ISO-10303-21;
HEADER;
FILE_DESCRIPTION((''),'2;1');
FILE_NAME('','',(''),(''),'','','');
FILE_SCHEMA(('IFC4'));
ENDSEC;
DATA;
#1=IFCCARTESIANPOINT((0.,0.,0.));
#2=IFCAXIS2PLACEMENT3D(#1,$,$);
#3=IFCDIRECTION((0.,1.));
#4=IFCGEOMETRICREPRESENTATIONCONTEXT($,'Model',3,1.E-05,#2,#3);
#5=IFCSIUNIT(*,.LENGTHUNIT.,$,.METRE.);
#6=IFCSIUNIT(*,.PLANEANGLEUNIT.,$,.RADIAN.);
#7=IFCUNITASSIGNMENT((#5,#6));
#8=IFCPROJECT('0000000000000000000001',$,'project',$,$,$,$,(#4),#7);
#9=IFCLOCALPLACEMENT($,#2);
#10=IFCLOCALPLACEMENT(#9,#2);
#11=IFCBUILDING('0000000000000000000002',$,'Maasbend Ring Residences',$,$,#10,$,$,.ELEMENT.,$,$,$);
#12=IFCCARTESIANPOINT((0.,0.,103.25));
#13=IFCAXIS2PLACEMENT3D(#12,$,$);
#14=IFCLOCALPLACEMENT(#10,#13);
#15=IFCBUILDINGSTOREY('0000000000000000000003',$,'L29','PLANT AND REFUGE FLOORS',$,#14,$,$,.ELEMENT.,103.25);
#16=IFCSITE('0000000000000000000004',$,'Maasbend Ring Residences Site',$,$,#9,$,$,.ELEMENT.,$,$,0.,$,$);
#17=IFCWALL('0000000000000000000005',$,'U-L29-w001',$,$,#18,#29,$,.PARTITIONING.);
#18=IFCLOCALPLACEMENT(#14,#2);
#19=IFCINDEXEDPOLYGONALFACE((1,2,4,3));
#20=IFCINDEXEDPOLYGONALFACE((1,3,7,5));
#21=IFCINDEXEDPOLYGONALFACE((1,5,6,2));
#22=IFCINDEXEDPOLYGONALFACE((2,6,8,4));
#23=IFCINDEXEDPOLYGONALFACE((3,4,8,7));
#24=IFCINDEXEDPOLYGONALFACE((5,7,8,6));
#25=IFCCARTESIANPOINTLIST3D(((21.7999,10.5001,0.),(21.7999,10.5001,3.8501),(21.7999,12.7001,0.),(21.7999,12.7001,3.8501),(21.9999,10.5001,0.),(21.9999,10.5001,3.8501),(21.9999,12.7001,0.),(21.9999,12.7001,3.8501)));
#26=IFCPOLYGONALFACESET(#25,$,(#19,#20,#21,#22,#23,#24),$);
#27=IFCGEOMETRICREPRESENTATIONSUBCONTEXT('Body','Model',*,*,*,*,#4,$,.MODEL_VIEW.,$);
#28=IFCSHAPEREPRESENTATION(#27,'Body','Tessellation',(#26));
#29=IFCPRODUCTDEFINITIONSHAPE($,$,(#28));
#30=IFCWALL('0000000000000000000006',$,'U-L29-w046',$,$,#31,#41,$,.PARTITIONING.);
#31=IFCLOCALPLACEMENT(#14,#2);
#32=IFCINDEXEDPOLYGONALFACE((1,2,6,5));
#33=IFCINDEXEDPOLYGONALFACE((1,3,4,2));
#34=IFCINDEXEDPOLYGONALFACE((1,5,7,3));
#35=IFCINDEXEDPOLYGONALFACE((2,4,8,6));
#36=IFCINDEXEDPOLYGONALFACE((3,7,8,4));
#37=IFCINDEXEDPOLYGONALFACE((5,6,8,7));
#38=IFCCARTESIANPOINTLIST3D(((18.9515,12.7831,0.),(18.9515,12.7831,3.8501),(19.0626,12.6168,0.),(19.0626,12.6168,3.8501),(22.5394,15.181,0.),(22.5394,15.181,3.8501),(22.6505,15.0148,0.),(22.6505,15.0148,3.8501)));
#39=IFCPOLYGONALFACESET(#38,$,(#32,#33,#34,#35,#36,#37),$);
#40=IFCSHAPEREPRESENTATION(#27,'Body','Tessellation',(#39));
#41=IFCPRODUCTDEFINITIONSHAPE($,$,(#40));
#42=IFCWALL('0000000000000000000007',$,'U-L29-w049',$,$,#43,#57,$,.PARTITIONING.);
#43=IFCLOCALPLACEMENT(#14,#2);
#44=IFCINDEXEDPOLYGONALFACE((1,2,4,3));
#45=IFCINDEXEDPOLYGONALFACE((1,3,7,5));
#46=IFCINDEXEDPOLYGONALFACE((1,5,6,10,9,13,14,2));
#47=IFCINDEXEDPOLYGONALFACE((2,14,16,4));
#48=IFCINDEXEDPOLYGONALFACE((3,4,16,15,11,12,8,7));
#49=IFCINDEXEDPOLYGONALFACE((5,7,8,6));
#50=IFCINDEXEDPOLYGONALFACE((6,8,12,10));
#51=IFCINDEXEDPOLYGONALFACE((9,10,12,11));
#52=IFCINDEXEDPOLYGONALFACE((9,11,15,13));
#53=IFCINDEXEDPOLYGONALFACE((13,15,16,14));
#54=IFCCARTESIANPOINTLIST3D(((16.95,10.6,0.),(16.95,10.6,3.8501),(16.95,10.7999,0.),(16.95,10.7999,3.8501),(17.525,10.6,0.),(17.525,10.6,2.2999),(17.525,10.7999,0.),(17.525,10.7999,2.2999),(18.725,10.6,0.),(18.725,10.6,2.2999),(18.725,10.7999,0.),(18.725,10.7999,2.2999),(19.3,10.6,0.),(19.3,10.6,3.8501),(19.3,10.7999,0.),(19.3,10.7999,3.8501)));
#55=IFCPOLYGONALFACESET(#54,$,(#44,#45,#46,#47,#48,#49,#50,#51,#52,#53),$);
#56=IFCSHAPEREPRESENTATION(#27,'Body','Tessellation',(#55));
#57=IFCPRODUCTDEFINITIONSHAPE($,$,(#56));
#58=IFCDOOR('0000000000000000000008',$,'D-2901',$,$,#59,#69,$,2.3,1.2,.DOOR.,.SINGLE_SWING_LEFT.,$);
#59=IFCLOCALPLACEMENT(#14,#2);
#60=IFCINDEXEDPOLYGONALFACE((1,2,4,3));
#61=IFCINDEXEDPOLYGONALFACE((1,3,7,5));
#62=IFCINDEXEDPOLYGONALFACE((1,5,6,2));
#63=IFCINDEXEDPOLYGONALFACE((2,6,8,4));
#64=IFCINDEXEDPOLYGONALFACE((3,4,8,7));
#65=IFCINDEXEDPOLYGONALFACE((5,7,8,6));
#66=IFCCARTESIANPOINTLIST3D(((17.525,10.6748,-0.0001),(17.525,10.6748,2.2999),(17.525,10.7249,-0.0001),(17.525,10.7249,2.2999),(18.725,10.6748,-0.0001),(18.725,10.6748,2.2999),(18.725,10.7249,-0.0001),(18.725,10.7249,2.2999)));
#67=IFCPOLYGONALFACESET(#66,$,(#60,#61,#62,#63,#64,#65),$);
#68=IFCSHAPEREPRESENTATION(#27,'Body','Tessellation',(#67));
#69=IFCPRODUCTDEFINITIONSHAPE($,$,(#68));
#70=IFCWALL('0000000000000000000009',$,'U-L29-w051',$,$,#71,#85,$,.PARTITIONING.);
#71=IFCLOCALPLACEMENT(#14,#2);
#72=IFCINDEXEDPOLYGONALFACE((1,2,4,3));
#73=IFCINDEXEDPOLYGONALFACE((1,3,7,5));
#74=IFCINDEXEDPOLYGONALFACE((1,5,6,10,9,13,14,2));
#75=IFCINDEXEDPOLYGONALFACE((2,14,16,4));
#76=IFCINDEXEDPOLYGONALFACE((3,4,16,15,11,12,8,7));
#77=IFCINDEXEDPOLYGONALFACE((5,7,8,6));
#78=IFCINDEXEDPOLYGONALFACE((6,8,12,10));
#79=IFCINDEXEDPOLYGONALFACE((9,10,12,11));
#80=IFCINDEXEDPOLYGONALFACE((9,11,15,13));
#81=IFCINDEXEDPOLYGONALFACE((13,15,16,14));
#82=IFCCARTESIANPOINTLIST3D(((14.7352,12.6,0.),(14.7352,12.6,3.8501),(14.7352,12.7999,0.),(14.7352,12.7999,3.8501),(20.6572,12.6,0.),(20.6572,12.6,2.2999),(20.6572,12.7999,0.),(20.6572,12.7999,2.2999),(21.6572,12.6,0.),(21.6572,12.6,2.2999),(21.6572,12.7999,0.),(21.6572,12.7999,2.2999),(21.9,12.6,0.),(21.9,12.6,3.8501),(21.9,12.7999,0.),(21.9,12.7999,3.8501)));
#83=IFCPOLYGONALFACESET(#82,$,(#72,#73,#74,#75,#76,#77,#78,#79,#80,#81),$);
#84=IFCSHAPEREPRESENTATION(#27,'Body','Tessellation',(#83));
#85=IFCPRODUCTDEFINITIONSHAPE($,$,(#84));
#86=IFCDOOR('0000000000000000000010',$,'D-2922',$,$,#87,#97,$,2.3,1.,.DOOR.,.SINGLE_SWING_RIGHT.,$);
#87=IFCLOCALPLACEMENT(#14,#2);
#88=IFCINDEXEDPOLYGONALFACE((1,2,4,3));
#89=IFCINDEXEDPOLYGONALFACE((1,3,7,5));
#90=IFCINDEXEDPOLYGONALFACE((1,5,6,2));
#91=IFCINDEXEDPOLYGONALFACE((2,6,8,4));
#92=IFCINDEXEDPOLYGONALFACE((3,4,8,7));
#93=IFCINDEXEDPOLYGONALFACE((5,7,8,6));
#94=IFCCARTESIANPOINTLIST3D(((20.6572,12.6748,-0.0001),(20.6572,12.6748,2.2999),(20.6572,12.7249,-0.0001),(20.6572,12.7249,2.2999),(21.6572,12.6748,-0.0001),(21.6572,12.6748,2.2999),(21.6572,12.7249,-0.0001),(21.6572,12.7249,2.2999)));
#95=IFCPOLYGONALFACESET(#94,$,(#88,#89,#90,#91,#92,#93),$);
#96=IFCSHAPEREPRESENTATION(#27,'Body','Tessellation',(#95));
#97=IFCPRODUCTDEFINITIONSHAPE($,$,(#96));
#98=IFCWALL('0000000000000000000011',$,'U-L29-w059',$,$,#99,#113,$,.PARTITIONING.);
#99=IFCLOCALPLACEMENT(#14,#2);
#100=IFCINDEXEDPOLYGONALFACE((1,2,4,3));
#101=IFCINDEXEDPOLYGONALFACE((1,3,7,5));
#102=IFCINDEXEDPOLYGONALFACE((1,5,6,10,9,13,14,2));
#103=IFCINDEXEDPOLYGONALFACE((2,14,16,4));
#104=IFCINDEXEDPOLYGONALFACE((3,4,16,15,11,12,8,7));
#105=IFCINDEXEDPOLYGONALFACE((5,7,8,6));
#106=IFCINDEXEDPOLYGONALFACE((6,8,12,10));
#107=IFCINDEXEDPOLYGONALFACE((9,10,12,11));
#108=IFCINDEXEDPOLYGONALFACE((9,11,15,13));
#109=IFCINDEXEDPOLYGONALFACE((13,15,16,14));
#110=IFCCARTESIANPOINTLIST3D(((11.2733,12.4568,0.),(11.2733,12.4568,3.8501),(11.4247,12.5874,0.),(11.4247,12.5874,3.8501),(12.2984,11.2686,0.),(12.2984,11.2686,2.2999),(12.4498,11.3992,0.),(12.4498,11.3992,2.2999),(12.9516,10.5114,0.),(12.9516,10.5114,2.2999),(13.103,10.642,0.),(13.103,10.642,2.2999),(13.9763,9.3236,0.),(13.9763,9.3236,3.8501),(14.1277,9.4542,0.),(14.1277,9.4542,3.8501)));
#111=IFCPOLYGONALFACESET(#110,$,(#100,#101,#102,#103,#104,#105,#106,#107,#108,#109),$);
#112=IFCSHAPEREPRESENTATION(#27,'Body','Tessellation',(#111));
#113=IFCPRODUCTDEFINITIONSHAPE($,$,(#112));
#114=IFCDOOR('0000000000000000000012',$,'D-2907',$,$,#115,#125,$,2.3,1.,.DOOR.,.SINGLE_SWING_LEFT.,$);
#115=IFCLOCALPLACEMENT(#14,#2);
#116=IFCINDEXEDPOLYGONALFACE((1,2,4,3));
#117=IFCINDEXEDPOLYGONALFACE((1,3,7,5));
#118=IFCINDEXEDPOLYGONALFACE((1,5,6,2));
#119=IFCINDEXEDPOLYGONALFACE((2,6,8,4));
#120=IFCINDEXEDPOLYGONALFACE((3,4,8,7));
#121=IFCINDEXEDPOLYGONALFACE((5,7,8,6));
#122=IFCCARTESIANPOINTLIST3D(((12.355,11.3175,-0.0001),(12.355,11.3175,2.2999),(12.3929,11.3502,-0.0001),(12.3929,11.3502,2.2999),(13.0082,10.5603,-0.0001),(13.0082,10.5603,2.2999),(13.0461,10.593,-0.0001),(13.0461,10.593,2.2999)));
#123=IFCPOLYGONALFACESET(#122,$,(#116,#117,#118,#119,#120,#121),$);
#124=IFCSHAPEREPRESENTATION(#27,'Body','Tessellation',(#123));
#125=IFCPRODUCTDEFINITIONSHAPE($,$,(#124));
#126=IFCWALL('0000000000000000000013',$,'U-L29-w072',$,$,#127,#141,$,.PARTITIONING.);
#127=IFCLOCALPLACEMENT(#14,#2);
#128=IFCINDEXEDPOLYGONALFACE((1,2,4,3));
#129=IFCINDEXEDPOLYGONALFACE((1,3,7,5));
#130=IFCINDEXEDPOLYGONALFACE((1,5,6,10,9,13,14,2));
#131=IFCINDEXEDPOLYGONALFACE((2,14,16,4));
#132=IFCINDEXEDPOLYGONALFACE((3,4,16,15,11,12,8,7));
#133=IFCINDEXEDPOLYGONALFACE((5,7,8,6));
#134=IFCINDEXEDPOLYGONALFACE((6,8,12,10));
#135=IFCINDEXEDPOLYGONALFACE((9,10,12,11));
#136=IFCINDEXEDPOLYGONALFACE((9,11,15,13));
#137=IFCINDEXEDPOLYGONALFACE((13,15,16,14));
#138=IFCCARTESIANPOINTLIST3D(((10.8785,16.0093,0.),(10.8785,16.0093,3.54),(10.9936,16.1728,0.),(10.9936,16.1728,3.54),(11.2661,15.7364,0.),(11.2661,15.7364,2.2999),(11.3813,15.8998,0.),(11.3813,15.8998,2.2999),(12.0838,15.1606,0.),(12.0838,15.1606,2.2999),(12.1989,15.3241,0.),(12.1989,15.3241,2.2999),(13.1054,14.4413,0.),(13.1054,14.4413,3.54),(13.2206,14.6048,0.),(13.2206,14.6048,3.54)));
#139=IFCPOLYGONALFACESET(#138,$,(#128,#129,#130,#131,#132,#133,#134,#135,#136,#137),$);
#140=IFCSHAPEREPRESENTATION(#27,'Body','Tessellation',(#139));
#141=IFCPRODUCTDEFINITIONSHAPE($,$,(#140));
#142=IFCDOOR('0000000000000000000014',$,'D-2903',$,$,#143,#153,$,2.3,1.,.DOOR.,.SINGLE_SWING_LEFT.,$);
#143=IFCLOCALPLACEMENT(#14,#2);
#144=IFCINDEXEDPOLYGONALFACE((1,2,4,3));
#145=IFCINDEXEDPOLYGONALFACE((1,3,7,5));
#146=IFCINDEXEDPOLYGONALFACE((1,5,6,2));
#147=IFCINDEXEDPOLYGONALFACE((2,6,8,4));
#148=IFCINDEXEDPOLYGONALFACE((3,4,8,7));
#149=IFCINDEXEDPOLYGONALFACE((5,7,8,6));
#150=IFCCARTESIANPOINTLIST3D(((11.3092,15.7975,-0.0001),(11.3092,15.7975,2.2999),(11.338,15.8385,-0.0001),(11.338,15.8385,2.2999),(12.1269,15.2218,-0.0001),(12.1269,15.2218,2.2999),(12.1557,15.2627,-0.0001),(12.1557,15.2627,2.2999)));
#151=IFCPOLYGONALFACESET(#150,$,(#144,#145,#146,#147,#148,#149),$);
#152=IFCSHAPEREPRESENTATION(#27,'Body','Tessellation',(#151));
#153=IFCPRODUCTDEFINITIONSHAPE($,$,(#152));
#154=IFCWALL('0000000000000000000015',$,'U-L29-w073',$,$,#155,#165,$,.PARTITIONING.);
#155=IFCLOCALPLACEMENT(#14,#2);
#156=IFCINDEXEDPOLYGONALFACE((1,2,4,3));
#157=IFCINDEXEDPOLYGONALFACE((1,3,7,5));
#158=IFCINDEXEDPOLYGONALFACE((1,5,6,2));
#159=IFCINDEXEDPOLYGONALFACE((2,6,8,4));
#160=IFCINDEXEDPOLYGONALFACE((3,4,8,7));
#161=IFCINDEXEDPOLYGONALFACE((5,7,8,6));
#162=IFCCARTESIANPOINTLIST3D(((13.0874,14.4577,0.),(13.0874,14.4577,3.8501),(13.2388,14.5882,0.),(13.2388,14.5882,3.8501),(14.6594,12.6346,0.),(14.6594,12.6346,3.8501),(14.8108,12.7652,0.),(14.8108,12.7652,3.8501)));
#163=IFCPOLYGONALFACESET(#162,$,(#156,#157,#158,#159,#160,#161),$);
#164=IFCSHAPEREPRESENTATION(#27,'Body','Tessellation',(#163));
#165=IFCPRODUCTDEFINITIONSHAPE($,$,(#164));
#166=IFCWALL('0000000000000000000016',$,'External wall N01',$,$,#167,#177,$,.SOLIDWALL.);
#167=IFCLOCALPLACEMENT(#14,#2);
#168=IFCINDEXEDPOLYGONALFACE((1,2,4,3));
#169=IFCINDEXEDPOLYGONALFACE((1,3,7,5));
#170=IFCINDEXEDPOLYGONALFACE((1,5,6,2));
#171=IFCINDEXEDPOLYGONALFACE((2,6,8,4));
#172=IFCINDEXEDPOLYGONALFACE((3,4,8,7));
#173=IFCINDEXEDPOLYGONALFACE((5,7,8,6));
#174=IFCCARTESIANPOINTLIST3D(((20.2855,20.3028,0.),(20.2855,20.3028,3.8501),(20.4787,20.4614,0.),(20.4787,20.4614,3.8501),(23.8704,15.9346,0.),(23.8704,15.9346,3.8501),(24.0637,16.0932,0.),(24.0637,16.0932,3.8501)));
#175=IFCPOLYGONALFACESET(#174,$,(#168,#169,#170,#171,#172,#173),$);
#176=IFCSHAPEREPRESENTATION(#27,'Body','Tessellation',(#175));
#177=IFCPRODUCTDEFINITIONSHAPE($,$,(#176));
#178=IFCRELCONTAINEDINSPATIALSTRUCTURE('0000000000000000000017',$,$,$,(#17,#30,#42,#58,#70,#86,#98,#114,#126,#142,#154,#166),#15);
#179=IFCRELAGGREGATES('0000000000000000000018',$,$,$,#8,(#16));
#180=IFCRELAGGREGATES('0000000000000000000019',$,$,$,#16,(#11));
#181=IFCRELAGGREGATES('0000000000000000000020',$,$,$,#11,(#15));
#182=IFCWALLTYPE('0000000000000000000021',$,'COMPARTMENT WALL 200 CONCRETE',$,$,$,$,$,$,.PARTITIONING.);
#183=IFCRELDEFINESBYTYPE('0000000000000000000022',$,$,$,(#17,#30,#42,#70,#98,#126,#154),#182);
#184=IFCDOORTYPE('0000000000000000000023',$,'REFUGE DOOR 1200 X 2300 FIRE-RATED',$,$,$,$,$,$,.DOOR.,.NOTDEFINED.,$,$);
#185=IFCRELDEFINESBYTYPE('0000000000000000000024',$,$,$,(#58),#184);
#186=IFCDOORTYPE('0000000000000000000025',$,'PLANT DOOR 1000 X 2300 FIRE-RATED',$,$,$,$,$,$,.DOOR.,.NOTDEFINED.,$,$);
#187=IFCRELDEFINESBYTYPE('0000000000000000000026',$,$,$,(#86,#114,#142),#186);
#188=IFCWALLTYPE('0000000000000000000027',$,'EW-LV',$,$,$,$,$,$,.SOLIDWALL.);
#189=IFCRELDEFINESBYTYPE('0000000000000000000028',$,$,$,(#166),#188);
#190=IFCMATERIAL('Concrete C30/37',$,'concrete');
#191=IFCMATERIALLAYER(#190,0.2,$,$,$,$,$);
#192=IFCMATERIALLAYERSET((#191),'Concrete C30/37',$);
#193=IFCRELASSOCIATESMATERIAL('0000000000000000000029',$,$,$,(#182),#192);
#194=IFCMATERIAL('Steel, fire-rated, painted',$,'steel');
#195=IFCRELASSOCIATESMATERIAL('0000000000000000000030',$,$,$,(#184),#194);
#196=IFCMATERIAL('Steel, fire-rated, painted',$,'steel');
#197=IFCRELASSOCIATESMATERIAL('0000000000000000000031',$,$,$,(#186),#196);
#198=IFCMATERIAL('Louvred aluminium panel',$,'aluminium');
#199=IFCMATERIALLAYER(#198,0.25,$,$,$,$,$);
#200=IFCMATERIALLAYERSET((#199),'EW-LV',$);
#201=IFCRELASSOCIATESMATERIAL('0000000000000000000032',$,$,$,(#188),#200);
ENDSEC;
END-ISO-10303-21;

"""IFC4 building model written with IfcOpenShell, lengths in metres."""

from ifc_helpers import new_model, si_unit, direction, frame, frame_2d, origin, place, context, subcontext, project, spatial, rectangle, extrude, material, layer, layer_set, type_object, element, fill, save


model = new_model("IFC4")

# Units and contexts
model_context = context("Model", 3, precision=1e-05, world=origin(), true_north=direction((0.0, 1.0)))
body_context = subcontext(model_context, "Body", "Model", "MODEL_VIEW")
ifc_project = project(units=[si_unit("LENGTHUNIT", "METRE"), si_unit("PLANEANGLEUNIT", "RADIAN")], contexts=[model_context])

# Site, building, storey
site_placement = place(None, origin())
site = spatial("IfcSite", under=ifc_project, at=site_placement, Name="Maasbend Ring Residences Site", CompositionType="ELEMENT", RefElevation=0.0)
building_placement = place(site_placement, origin())
building = spatial("IfcBuilding", under=site, at=building_placement, Name="Maasbend Ring Residences", CompositionType="ELEMENT")
storey_placement = place(building_placement, frame((0.0, 0.0, 103.25)))
storey = spatial("IfcBuildingStorey", under=building, at=storey_placement, Name="L29", Description="PLANT AND REFUGE FLOORS", CompositionType="ELEMENT", Elevation=103.25)

# Walls
ifc_material_1 = material(Name="Concrete C30/37", Category="concrete")
ifc_layer_1 = layer(ifc_material_1, 0.2)
ifc_layer_set_1 = layer_set([ifc_layer_1], Name="Concrete C30/37")
wall_type_1 = type_object("IfcWallType", Name="COMPARTMENT WALL 200 CONCRETE", PredefinedType="PARTITIONING", material=ifc_layer_set_1)
wall_1_placement = place(storey_placement, frame((21.8999, 10.5, 0.0), z_axis=(0.0, 0.0, 1.0), x_axis=(0.0, 1.0, 0.0)))
element("IfcWall", 1, at=wall_1_placement, inside=storey, type_object=wall_type_1, Name="U-L29-w001", PredefinedType="PARTITIONING", context=body_context, shape_type="SweptSolid", body=[
    extrude(rectangle(XDim=2.2, YDim=0.2, at=frame_2d((1.1001, 0.0))), origin(), (0.0, 0.0, 1.0), 3.8501),
])
wall_2_placement = place(storey_placement, frame((19.0071, 12.7, 0.0), z_axis=(0.0, 0.0, 1.0), x_axis=(0.831406, 0.555666, 0.0)))
element("IfcWall", 2, at=wall_2_placement, inside=storey, type_object=wall_type_1, Name="U-L29-w046", PredefinedType="PARTITIONING", context=body_context, shape_type="SweptSolid", body=[
    extrude(rectangle(XDim=4.3154, YDim=0.2, at=frame_2d((2.1577, 0.0))), origin(), (0.0, 0.0, 1.0), 3.8501),
])

# Walls, openings, doors
wall_3_placement = place(storey_placement, frame((16.95, 10.7, 0.0), z_axis=(0.0, 0.0, 1.0), x_axis=(1.0, 0.0, 0.0)))
wall_3 = element("IfcWall", 3, at=wall_3_placement, inside=storey, type_object=wall_type_1, Name="U-L29-w049", PredefinedType="PARTITIONING", context=body_context, shape_type="SweptSolid", body=[
    extrude(rectangle(XDim=2.3501, YDim=0.2, at=frame_2d((1.175, 0.0))), origin(), (0.0, 0.0, 1.0), 3.8501),
])
opening_1_placement = place(wall_3_placement, frame((0.575, 0.0, 0.0)))
opening_1 = element("IfcOpeningElement", 4, at=opening_1_placement, cuts=wall_3, PredefinedType="OPENING", context=body_context, shape_type="SweptSolid", body=[
    extrude(rectangle(XDim=1.2, YDim=2.3, at=frame_2d((0.6001, 1.1499))), frame((0.0, 0.1099, 0.0), z_axis=(0.0, -1.0, 0.0), x_axis=(1.0, 0.0, 0.0)), (0.0, 0.0, 1.0), 0.22),
])
ifc_material_2 = material(Name="Steel, fire-rated, painted", Category="steel")
door_type_1 = type_object("IfcDoorType", Name="REFUGE DOOR 1200 X 2300 FIRE-RATED", OperationType="NOTDEFINED", PredefinedType="DOOR", material=ifc_material_2)
door_1_placement = place(opening_1_placement, origin())
door_1 = element("IfcDoor", 5, at=door_1_placement, inside=storey, type_object=door_type_1, Name="D-2901", OperationType="SINGLE_SWING_LEFT", OverallHeight=2.3, OverallWidth=1.2, PredefinedType="DOOR", context=body_context, shape_type="SweptSolid", body=[
    extrude(rectangle(XDim=1.2, YDim=2.3, at=frame_2d((0.6001, 1.1499))), frame((0.0, 0.0249, 0.0), z_axis=(0.0, -1.0, 0.0), x_axis=(1.0, 0.0, 0.0)), (0.0, 0.0, 1.0), 0.05),
])
fill(opening_1, door_1)
wall_4_placement = place(storey_placement, frame((14.7351, 12.7, 0.0), z_axis=(0.0, 0.0, 1.0), x_axis=(1.0, 0.0, 0.0)))
wall_4 = element("IfcWall", 6, at=wall_4_placement, inside=storey, type_object=wall_type_1, Name="U-L29-w051", PredefinedType="PARTITIONING", context=body_context, shape_type="SweptSolid", body=[
    extrude(rectangle(XDim=7.1648, YDim=0.2, at=frame_2d((3.5825, 0.0))), origin(), (0.0, 0.0, 1.0), 3.8501),
])
opening_2_placement = place(wall_4_placement, frame((5.9221, 0.0, 0.0)))
opening_2 = element("IfcOpeningElement", 7, at=opening_2_placement, cuts=wall_4, PredefinedType="OPENING", context=body_context, shape_type="SweptSolid", body=[
    extrude(rectangle(XDim=1.0, YDim=2.3, at=frame_2d((0.5, 1.1499))), frame((0.0, 0.1099, 0.0), z_axis=(0.0, -1.0, 0.0), x_axis=(1.0, 0.0, 0.0)), (0.0, 0.0, 1.0), 0.22),
])
ifc_material_3 = material(Name="Steel, fire-rated, painted", Category="steel")
door_type_2 = type_object("IfcDoorType", Name="PLANT DOOR 1000 X 2300 FIRE-RATED", OperationType="NOTDEFINED", PredefinedType="DOOR", material=ifc_material_3)
door_2_placement = place(opening_2_placement, origin())
door_2 = element("IfcDoor", 8, at=door_2_placement, inside=storey, type_object=door_type_2, Name="D-2922", OperationType="SINGLE_SWING_RIGHT", OverallHeight=2.3, OverallWidth=1.0, PredefinedType="DOOR", context=body_context, shape_type="SweptSolid", body=[
    extrude(rectangle(XDim=1.0, YDim=2.3, at=frame_2d((0.5, 1.1499))), frame((0.0, 0.0249, 0.0), z_axis=(0.0, -1.0, 0.0), x_axis=(1.0, 0.0, 0.0)), (0.0, 0.0, 1.0), 0.05),
])
fill(opening_2, door_2)
wall_5_placement = place(storey_placement, frame((11.3491, 12.522, 0.0), z_axis=(0.0, 0.0, 1.0), x_axis=(0.653213, -0.757174, 0.0)))
wall_5 = element("IfcWall", 9, at=wall_5_placement, inside=storey, type_object=wall_type_1, Name="U-L29-w059", PredefinedType="PARTITIONING", context=body_context, shape_type="SweptSolid", body=[
    extrude(rectangle(XDim=4.1379, YDim=0.2, at=frame_2d((2.0688, 0.0))), origin(), (0.0, 0.0, 1.0), 3.8501),
])
opening_3_placement = place(wall_5_placement, frame((1.5691, 0.0, 0.0)))
opening_3 = element("IfcOpeningElement", 10, at=opening_3_placement, cuts=wall_5, PredefinedType="OPENING", context=body_context, shape_type="SweptSolid", body=[
    extrude(rectangle(XDim=1.0, YDim=2.3, at=frame_2d((0.5, 1.1499))), frame((0.0, 0.1099, 0.0), z_axis=(0.0, -1.0, 0.0), x_axis=(1.0, 0.0, 0.0)), (0.0, 0.0, 1.0), 0.22),
])
door_3_placement = place(opening_3_placement, origin())
door_3 = element("IfcDoor", 11, at=door_3_placement, inside=storey, type_object=door_type_2, Name="D-2907", OperationType="SINGLE_SWING_LEFT", OverallHeight=2.3, OverallWidth=1.0, PredefinedType="DOOR", context=body_context, shape_type="SweptSolid", body=[
    extrude(rectangle(XDim=1.0, YDim=2.3, at=frame_2d((0.5, 1.1499))), frame((0.0, 0.0249, 0.0), z_axis=(0.0, -1.0, 0.0), x_axis=(1.0, 0.0, 0.0)), (0.0, 0.0, 1.0), 0.05),
])
fill(opening_3, door_3)
wall_6_placement = place(storey_placement, frame((10.936, 16.0911, 0.0), z_axis=(0.0, 0.0, 1.0), x_axis=(0.817645, -0.575722, 0.0)))
wall_6 = element("IfcWall", 12, at=wall_6_placement, inside=storey, type_object=wall_type_1, Name="U-L29-w072", PredefinedType="PARTITIONING", context=body_context, shape_type="SweptSolid", body=[
    extrude(rectangle(XDim=2.7236, YDim=0.2, at=frame_2d((1.3618, 0.0))), origin(), (0.0, 0.0, 1.0), 3.54),
])
opening_4_placement = place(wall_6_placement, frame((0.4741, 0.0, 0.0)))
opening_4 = element("IfcOpeningElement", 13, at=opening_4_placement, cuts=wall_6, PredefinedType="OPENING", context=body_context, shape_type="SweptSolid", body=[
    extrude(rectangle(XDim=1.0, YDim=2.3, at=frame_2d((0.5, 1.1499))), frame((0.0, 0.1099, 0.0), z_axis=(0.0, -1.0, 0.0), x_axis=(1.0, 0.0, 0.0)), (0.0, 0.0, 1.0), 0.22),
])
door_4_placement = place(opening_4_placement, origin())
door_4 = element("IfcDoor", 14, at=door_4_placement, inside=storey, type_object=door_type_2, Name="D-2903", OperationType="SINGLE_SWING_LEFT", OverallHeight=2.3, OverallWidth=1.0, PredefinedType="DOOR", context=body_context, shape_type="SweptSolid", body=[
    extrude(rectangle(XDim=1.0, YDim=2.3, at=frame_2d((0.5, 1.1499))), frame((0.0, 0.0249, 0.0), z_axis=(0.0, -1.0, 0.0), x_axis=(1.0, 0.0, 0.0)), (0.0, 0.0, 1.0), 0.05),
])
fill(opening_4, door_4)

# Walls
wall_7_placement = place(storey_placement, frame((13.1631, 14.5229, 0.0), z_axis=(0.0, 0.0, 1.0), x_axis=(0.653052, -0.757313, 0.0)))
element("IfcWall", 15, at=wall_7_placement, inside=storey, type_object=wall_type_1, Name="U-L29-w073", PredefinedType="PARTITIONING", context=body_context, shape_type="SweptSolid", body=[
    extrude(rectangle(XDim=2.4072, YDim=0.2, at=frame_2d((1.2036, 0.0))), origin(), (0.0, 0.0, 1.0), 3.8501),
])
ifc_material_4 = material(Name="Louvred aluminium panel", Category="aluminium")
ifc_layer_2 = layer(ifc_material_4, 0.25)
ifc_layer_set_2 = layer_set([ifc_layer_2], Name="EW-LV")
wall_type_2 = type_object("IfcWallType", Name="EW-LV", PredefinedType="SOLIDWALL", material=ifc_layer_set_2)
for number, where, z_axis, x_axis, name in (
    (16, (23.967, 16.0139, 0.0), (0.0, 0.0, 1.0), (-0.634404, 0.773002, 0.0), "External wall N01"),
):
    element("IfcWall", number, at=place(storey_placement, frame(where, z_axis=z_axis, x_axis=x_axis)), inside=storey, type_object=wall_type_2, Name=name, PredefinedType="SOLIDWALL", context=body_context, shape_type="SweptSolid", body=[
        extrude(rectangle(XDim=5.6509, YDim=0.25, at=frame_2d((2.8254, 0.0))), origin(), (0.0, 0.0, 1.0), 3.8501),
    ])

save(model, "model.ifc")
